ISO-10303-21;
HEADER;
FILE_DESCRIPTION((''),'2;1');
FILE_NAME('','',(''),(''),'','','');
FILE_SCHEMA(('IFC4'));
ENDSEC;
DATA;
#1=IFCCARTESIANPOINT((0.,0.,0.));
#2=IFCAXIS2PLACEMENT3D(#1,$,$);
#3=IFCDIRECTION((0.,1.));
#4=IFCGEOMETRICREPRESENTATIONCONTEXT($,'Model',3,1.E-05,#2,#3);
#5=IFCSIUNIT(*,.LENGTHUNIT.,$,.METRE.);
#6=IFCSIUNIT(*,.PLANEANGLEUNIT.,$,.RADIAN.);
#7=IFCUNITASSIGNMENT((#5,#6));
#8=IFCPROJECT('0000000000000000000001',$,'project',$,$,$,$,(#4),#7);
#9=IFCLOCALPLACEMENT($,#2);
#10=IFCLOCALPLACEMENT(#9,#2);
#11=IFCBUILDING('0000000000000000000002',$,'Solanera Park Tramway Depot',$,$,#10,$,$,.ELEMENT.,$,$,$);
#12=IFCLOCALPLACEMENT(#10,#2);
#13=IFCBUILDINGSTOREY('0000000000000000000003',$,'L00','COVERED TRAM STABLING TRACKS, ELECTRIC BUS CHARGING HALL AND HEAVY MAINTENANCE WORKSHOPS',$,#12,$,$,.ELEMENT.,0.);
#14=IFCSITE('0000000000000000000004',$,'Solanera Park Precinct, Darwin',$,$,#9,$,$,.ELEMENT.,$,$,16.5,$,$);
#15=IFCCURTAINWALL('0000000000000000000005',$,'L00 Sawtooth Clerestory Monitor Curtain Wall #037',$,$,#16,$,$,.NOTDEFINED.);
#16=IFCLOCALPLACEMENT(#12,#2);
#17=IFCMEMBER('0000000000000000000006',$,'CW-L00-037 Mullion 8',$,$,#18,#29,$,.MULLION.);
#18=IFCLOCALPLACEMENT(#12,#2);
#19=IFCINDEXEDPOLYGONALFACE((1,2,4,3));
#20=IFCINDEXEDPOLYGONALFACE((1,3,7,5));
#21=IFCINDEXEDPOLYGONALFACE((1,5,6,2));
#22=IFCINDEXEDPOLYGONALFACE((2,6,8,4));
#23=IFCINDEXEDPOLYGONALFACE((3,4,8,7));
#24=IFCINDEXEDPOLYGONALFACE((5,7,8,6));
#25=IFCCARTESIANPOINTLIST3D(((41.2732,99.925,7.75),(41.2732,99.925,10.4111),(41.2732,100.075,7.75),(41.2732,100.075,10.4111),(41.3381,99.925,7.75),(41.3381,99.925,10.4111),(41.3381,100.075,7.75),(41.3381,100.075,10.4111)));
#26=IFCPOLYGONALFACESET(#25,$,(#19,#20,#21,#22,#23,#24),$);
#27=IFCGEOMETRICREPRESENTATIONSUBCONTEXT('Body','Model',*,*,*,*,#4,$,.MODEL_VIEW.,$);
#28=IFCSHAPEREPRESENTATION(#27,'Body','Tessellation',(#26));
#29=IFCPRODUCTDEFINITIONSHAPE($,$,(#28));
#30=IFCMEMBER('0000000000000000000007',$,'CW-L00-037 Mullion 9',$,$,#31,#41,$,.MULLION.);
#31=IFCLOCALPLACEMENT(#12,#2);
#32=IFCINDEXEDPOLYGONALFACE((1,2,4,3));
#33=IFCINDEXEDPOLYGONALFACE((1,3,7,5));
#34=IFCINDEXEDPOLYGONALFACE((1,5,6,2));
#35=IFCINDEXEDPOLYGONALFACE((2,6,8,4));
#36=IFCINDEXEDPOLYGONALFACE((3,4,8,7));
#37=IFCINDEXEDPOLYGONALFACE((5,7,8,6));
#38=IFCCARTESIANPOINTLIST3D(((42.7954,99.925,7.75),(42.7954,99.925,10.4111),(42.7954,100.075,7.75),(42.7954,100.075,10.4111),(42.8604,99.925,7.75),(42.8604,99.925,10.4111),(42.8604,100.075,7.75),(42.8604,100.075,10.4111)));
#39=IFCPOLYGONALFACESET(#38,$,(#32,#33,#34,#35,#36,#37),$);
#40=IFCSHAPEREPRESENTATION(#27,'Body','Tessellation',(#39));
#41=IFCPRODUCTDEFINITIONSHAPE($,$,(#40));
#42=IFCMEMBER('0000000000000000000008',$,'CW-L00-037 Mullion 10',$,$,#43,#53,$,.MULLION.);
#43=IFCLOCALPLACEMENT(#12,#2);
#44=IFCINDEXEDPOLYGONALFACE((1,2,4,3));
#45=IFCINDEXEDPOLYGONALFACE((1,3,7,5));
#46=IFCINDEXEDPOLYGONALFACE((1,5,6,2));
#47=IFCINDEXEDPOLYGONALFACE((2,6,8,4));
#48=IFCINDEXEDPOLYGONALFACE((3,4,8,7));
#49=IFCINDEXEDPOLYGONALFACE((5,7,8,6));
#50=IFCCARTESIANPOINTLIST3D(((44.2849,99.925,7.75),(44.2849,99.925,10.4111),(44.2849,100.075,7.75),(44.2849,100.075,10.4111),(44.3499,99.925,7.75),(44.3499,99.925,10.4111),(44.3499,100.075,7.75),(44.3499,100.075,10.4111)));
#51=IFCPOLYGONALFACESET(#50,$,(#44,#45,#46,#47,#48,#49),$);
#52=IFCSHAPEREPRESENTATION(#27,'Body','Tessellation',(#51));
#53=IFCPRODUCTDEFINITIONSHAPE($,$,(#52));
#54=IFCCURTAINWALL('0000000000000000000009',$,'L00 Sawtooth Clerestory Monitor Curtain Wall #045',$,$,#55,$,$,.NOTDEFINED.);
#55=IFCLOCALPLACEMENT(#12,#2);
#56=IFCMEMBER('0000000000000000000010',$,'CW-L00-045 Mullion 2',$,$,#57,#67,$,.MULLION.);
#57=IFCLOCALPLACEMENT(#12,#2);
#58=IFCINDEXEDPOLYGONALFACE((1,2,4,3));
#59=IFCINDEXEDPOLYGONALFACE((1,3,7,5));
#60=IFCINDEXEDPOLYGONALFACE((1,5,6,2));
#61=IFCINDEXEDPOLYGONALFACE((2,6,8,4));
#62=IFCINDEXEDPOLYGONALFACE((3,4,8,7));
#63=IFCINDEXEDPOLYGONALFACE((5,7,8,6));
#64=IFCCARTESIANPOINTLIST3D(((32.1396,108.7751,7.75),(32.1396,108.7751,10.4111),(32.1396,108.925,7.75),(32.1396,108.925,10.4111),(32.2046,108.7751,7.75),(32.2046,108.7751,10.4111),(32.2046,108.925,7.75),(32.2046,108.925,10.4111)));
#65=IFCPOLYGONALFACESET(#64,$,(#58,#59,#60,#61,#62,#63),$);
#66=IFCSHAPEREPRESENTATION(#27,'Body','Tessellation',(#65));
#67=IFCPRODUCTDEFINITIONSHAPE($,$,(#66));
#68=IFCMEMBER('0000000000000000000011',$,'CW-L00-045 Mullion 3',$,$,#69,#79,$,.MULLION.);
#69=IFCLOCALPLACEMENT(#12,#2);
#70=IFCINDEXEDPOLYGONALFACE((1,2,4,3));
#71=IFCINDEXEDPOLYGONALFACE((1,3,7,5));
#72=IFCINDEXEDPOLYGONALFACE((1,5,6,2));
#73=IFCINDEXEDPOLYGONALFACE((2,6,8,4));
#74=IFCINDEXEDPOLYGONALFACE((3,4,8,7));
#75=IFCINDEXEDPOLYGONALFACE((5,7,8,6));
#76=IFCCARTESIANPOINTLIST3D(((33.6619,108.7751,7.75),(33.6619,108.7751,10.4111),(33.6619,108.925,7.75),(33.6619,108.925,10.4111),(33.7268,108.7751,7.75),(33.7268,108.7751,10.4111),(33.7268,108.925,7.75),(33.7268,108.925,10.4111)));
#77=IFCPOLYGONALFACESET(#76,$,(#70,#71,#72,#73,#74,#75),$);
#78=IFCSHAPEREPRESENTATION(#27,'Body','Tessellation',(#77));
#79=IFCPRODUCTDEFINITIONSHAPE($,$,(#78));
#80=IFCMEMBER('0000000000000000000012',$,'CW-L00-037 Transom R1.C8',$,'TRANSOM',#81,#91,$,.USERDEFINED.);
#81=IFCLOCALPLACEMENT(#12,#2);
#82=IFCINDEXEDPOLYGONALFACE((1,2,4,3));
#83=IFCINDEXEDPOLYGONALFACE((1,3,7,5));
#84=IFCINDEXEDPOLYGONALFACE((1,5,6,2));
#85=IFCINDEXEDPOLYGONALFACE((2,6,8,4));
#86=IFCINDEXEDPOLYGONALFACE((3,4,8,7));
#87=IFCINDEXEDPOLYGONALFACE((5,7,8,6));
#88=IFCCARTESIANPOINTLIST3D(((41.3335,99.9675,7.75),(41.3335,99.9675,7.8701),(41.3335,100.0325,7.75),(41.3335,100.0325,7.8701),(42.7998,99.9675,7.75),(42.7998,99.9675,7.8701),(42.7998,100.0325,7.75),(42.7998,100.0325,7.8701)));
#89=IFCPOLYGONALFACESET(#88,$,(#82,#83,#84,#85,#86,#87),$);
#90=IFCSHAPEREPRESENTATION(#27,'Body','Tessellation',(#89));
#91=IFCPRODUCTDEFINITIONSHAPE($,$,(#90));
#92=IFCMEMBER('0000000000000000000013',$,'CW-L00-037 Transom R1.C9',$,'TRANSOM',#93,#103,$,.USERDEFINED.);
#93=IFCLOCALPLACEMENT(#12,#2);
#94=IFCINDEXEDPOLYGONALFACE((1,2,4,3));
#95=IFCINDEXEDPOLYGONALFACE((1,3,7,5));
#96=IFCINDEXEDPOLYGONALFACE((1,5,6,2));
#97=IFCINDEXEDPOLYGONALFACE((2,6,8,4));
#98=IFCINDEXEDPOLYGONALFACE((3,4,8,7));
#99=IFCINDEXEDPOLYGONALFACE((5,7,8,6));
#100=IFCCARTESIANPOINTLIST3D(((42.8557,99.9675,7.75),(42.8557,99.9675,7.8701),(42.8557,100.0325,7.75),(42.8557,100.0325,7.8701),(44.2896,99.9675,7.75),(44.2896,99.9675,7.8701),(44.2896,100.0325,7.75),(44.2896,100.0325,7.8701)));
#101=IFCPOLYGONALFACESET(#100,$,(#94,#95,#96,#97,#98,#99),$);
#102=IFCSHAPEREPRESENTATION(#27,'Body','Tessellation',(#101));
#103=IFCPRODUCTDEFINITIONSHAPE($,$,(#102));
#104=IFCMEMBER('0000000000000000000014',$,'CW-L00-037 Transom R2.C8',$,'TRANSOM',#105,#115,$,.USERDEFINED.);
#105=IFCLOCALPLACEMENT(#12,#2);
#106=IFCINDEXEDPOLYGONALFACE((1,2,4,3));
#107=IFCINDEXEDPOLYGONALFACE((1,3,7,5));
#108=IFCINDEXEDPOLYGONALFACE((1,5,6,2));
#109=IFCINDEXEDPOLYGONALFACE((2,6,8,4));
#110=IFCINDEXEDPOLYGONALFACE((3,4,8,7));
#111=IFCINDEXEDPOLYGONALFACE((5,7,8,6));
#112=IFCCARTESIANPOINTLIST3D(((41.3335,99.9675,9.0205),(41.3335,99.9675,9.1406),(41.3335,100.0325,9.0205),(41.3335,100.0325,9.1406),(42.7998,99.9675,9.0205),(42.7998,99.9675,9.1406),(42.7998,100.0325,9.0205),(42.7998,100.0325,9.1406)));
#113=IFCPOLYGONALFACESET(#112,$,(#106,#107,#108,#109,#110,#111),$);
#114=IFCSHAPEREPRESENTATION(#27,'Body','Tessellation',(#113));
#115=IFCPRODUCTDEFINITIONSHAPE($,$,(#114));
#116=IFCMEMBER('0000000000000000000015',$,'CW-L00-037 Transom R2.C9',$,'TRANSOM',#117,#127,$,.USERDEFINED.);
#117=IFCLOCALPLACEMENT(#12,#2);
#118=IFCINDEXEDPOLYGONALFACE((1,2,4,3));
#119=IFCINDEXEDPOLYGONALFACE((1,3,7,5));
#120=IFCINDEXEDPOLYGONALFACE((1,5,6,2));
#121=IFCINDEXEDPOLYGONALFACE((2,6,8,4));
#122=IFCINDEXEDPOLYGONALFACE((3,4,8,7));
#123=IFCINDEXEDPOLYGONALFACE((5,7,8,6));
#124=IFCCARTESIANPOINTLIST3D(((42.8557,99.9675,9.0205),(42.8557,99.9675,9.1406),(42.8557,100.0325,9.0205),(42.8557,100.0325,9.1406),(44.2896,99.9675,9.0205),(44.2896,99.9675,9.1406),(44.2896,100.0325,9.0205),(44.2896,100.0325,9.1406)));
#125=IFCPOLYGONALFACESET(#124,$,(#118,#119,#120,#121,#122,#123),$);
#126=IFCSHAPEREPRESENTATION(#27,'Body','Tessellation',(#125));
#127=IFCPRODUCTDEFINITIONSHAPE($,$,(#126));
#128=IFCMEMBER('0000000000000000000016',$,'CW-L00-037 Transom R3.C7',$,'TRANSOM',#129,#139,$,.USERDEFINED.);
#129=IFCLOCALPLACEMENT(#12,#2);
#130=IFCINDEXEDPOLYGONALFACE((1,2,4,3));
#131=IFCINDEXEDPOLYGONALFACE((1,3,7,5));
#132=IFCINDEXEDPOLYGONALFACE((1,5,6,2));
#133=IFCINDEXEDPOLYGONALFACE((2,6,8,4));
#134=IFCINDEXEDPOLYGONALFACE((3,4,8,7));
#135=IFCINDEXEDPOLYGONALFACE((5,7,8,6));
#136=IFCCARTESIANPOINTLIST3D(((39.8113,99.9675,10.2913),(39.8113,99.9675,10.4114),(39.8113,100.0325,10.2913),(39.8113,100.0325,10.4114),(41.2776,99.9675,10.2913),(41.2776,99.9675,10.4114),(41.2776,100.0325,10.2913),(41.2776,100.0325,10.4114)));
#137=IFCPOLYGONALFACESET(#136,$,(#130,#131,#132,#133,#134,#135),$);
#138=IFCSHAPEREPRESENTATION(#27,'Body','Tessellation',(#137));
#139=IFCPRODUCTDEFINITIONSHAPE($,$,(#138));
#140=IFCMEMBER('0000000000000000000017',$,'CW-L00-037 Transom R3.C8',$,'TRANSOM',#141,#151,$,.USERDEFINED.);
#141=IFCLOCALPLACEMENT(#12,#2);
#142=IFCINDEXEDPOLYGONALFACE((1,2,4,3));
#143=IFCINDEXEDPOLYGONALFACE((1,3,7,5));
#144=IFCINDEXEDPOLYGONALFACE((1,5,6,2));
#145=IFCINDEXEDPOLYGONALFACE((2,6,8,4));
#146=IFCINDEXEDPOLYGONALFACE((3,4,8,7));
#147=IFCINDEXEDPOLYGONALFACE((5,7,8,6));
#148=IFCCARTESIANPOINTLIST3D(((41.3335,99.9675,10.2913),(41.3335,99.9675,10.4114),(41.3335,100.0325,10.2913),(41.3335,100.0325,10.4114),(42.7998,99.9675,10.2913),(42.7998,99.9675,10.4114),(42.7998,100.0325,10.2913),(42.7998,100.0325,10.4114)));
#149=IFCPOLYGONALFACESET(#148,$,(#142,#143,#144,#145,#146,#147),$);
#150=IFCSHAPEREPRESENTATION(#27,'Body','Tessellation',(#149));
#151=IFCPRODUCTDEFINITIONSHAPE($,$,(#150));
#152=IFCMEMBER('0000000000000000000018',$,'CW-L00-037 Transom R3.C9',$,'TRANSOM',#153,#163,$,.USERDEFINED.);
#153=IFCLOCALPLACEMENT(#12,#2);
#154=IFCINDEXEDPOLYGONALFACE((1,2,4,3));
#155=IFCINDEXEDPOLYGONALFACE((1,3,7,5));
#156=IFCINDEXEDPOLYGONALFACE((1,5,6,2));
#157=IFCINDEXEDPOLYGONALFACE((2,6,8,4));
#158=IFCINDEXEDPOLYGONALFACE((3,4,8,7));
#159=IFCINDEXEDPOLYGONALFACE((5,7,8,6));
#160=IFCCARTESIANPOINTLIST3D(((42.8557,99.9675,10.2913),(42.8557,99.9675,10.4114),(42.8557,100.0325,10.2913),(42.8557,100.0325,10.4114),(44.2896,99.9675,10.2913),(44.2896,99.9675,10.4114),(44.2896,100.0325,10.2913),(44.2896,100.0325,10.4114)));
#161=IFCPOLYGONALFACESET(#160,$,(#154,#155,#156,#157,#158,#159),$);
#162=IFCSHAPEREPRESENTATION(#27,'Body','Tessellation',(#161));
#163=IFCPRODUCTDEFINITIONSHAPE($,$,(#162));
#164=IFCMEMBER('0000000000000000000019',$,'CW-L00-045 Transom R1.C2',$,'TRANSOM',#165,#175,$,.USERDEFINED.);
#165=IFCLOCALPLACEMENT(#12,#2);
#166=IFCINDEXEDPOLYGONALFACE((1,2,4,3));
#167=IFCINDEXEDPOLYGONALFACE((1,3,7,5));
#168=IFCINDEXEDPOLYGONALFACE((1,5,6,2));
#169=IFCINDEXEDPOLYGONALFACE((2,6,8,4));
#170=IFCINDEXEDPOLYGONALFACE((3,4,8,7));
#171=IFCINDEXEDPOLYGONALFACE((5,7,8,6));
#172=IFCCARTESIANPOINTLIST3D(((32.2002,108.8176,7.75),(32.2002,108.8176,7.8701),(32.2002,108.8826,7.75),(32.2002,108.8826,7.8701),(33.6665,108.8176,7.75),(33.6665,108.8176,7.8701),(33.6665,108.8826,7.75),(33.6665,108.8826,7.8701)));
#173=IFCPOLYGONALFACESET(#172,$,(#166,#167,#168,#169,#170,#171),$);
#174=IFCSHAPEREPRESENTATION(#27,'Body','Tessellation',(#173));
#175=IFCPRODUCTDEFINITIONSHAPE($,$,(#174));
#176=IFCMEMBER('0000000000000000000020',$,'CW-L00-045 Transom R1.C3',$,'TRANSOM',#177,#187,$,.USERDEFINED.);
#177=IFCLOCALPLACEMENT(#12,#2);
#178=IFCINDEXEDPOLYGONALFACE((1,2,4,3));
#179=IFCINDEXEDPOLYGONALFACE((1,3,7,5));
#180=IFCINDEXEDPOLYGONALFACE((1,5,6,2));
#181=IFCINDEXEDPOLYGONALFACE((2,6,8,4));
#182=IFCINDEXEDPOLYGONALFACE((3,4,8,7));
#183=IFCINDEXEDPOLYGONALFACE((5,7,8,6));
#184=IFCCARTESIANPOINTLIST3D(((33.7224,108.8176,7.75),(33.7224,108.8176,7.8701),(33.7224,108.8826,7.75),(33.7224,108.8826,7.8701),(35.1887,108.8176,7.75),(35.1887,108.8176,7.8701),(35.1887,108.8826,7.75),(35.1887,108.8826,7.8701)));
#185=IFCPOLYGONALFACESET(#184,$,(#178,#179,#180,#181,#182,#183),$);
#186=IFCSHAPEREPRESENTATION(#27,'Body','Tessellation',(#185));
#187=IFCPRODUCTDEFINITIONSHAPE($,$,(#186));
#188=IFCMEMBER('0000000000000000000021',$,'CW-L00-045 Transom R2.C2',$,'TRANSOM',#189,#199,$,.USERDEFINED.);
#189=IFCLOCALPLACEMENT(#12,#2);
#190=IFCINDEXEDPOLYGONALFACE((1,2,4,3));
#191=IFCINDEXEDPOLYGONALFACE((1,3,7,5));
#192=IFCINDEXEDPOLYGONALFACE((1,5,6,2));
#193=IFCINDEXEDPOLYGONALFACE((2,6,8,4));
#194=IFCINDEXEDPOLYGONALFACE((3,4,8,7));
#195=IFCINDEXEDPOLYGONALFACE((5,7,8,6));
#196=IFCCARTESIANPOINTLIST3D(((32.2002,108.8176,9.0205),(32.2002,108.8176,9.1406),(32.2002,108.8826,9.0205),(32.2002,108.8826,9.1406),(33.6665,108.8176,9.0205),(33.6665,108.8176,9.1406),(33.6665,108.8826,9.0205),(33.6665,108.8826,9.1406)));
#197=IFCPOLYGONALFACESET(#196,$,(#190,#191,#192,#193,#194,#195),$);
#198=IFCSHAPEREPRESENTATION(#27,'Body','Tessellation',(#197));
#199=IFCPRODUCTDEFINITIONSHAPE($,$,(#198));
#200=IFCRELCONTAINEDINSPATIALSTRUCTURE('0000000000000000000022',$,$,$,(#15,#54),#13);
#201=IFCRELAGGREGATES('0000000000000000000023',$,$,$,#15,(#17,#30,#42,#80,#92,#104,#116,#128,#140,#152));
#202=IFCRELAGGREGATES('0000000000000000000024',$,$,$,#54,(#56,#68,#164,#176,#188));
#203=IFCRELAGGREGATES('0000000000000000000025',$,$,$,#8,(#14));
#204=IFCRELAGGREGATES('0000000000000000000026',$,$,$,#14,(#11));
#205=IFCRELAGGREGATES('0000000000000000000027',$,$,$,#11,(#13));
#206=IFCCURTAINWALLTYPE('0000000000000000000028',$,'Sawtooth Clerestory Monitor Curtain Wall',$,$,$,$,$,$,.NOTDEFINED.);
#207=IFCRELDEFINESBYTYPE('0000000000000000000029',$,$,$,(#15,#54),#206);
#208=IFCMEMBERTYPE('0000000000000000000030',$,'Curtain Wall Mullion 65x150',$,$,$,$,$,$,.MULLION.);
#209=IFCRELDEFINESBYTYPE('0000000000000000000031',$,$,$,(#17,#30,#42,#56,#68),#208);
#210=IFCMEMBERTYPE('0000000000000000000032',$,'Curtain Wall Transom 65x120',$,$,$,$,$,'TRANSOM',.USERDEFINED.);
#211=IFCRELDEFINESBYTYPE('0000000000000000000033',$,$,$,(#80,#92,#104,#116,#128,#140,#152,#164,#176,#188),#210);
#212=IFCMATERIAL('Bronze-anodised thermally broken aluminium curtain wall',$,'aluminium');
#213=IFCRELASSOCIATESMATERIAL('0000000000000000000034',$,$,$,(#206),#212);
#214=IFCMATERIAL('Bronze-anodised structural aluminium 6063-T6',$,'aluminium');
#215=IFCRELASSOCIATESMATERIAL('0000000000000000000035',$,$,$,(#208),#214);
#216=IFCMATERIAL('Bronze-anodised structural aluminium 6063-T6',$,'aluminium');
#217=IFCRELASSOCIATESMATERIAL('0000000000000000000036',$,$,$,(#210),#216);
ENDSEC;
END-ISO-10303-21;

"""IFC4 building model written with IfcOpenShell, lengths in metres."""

from ifc_helpers import new_model, si_unit, direction, frame, origin, origin_2d, place, context, subcontext, project, spatial, rectangle, extrude, material, material_profile, profile_set, type_object, element, aggregate, save


model = new_model("IFC4")

# Units and contexts
model_context = context("Model", 3, precision=1e-05, world=origin(), true_north=direction((0.0, 1.0)))
body_context = subcontext(model_context, "Body", "Model", "MODEL_VIEW")
ifc_project = project(units=[si_unit("LENGTHUNIT", "METRE"), si_unit("PLANEANGLEUNIT", "RADIAN")], contexts=[model_context])

# Site, building, storey
site_placement = place(None, origin())
site = spatial("IfcSite", under=ifc_project, at=site_placement, Name="Solanera Park Precinct, Darwin", CompositionType="ELEMENT", RefElevation=16.5)
building_placement = place(site_placement, origin())
building = spatial("IfcBuilding", under=site, at=building_placement, Name="Solanera Park Tramway Depot", CompositionType="ELEMENT")
storey_placement = place(building_placement, origin())
storey = spatial("IfcBuildingStorey", under=building, at=storey_placement, Name="L00", Description="COVERED TRAM STABLING TRACKS, ELECTRIC BUS CHARGING HALL AND HEAVY MAINTENANCE WORKSHOPS", CompositionType="ELEMENT", Elevation=0.0)

# Curtain walls, members
ifc_material_1 = material(Name="Bronze-anodised thermally broken aluminium curtain wall", Category="aluminium")
curtain_wall_type = type_object("IfcCurtainWallType", Name="Sawtooth Clerestory Monitor Curtain Wall", PredefinedType="NOTDEFINED", material=ifc_material_1)
curtain_wall_1_placement = place(storey_placement, origin())
curtain_wall_1 = element("IfcCurtainWall", 1, at=curtain_wall_1_placement, inside=storey, type_object=curtain_wall_type, Name="L00 Sawtooth Clerestory Monitor Curtain Wall #037", PredefinedType="NOTDEFINED")
ifc_material_2 = material(Name="Bronze-anodised structural aluminium 6063-T6", Category="aluminium")
ifc_material_profile_1 = material_profile(ifc_material_2, rectangle(XDim=0.0649, YDim=0.1499, at=origin_2d()), Name="Curtain Wall Mullion 65x150")
ifc_profile_set_1 = profile_set([ifc_material_profile_1], Name="Bronze-anodised structural aluminium 6063-T6")
member_type_1 = type_object("IfcMemberType", Name="Curtain Wall Mullion 65x150", PredefinedType="MULLION", material=ifc_profile_set_1)
member_1_placement = place(storey_placement, frame((41.3057, 100.0, 7.75), z_axis=(0.0, 0.0, 1.0), x_axis=(1.0, 0.0, 0.0)))
member_1 = element("IfcMember", 2, at=member_1_placement, type_object=member_type_1, Name="CW-L00-037 Mullion 8", PredefinedType="MULLION", context=body_context, shape_type="SweptSolid", body=[
    extrude(rectangle(XDim=0.0649, YDim=0.1499, at=origin_2d()), origin(), (0.0, 0.0, 1.0), 2.6611),
])
member_2_placement = place(storey_placement, frame((42.8279, 100.0, 7.75), z_axis=(0.0, 0.0, 1.0), x_axis=(1.0, 0.0, 0.0)))
member_2 = element("IfcMember", 3, at=member_2_placement, type_object=member_type_1, Name="CW-L00-037 Mullion 9", PredefinedType="MULLION", context=body_context, shape_type="SweptSolid", body=[
    extrude(rectangle(XDim=0.0649, YDim=0.1499, at=origin_2d()), origin(), (0.0, 0.0, 1.0), 2.6611),
])
member_3_placement = place(storey_placement, frame((44.3174, 100.0, 7.75), z_axis=(0.0, 0.0, 1.0), x_axis=(1.0, 0.0, 0.0)))
member_3 = element("IfcMember", 4, at=member_3_placement, type_object=member_type_1, Name="CW-L00-037 Mullion 10", PredefinedType="MULLION", context=body_context, shape_type="SweptSolid", body=[
    extrude(rectangle(XDim=0.0649, YDim=0.1499, at=origin_2d()), origin(), (0.0, 0.0, 1.0), 2.6611),
])
curtain_wall_2_placement = place(storey_placement, origin())
curtain_wall_2 = element("IfcCurtainWall", 5, at=curtain_wall_2_placement, inside=storey, type_object=curtain_wall_type, Name="L00 Sawtooth Clerestory Monitor Curtain Wall #045", PredefinedType="NOTDEFINED")
member_4_placement = place(storey_placement, frame((32.1721, 108.8501, 7.75), z_axis=(0.0, 0.0, 1.0), x_axis=(1.0, 0.0, 0.0)))
member_4 = element("IfcMember", 6, at=member_4_placement, type_object=member_type_1, Name="CW-L00-045 Mullion 2", PredefinedType="MULLION", context=body_context, shape_type="SweptSolid", body=[
    extrude(rectangle(XDim=0.0649, YDim=0.1499, at=origin_2d()), origin(), (0.0, 0.0, 1.0), 2.6611),
])
member_5_placement = place(storey_placement, frame((33.6943, 108.8501, 7.75), z_axis=(0.0, 0.0, 1.0), x_axis=(1.0, 0.0, 0.0)))
member_5 = element("IfcMember", 7, at=member_5_placement, type_object=member_type_1, Name="CW-L00-045 Mullion 3", PredefinedType="MULLION", context=body_context, shape_type="SweptSolid", body=[
    extrude(rectangle(XDim=0.0649, YDim=0.1499, at=origin_2d()), origin(), (0.0, 0.0, 1.0), 2.6611),
])

# Members
ifc_material_3 = material(Name="Bronze-anodised structural aluminium 6063-T6", Category="aluminium")
ifc_material_profile_2 = material_profile(ifc_material_3, rectangle(XDim=0.0649, YDim=0.1201, at=origin_2d()), Name="Curtain Wall Transom 65x120")
ifc_profile_set_2 = profile_set([ifc_material_profile_2], Name="Bronze-anodised structural aluminium 6063-T6")
member_type_2 = type_object("IfcMemberType", Name="Curtain Wall Transom 65x120", ElementType="TRANSOM", PredefinedType="USERDEFINED", material=ifc_profile_set_2)
member_6_placement = place(storey_placement, frame((41.3335, 100.0, 7.8101), z_axis=(1.0, 0.0, 0.0), x_axis=(0.0, 1.0, 0.0)))
member_6 = element("IfcMember", 8, at=member_6_placement, type_object=member_type_2, Name="CW-L00-037 Transom R1.C8", ObjectType="TRANSOM", PredefinedType="USERDEFINED", context=body_context, shape_type="SweptSolid", body=[
    extrude(rectangle(XDim=0.0649, YDim=0.1201, at=origin_2d()), origin(), (0.0, 0.0, 1.0), 1.4663),
])
member_7_placement = place(storey_placement, frame((42.8557, 100.0, 7.8101), z_axis=(1.0, 0.0, 0.0), x_axis=(0.0, 1.0, 0.0)))
member_7 = element("IfcMember", 9, at=member_7_placement, type_object=member_type_2, Name="CW-L00-037 Transom R1.C9", ObjectType="TRANSOM", PredefinedType="USERDEFINED", context=body_context, shape_type="SweptSolid", body=[
    extrude(rectangle(XDim=0.0649, YDim=0.1201, at=origin_2d()), origin(), (0.0, 0.0, 1.0), 1.4338),
])
member_8_placement = place(storey_placement, frame((41.3335, 100.0, 9.0806), z_axis=(1.0, 0.0, 0.0), x_axis=(0.0, 1.0, 0.0)))
member_8 = element("IfcMember", 10, at=member_8_placement, type_object=member_type_2, Name="CW-L00-037 Transom R2.C8", ObjectType="TRANSOM", PredefinedType="USERDEFINED", context=body_context, shape_type="SweptSolid", body=[
    extrude(rectangle(XDim=0.0649, YDim=0.1201, at=origin_2d()), origin(), (0.0, 0.0, 1.0), 1.4663),
])
member_9_placement = place(storey_placement, frame((42.8557, 100.0, 9.0806), z_axis=(1.0, 0.0, 0.0), x_axis=(0.0, 1.0, 0.0)))
member_9 = element("IfcMember", 11, at=member_9_placement, type_object=member_type_2, Name="CW-L00-037 Transom R2.C9", ObjectType="TRANSOM", PredefinedType="USERDEFINED", context=body_context, shape_type="SweptSolid", body=[
    extrude(rectangle(XDim=0.0649, YDim=0.1201, at=origin_2d()), origin(), (0.0, 0.0, 1.0), 1.4338),
])
member_10_placement = place(storey_placement, frame((39.8113, 100.0, 10.3513), z_axis=(1.0, 0.0, 0.0), x_axis=(0.0, 1.0, 0.0)))
member_10 = element("IfcMember", 12, at=member_10_placement, type_object=member_type_2, Name="CW-L00-037 Transom R3.C7", ObjectType="TRANSOM", PredefinedType="USERDEFINED", context=body_context, shape_type="SweptSolid", body=[
    extrude(rectangle(XDim=0.0649, YDim=0.1201, at=origin_2d()), origin(), (0.0, 0.0, 1.0), 1.4663),
])
member_11_placement = place(storey_placement, frame((41.3335, 100.0, 10.3513), z_axis=(1.0, 0.0, 0.0), x_axis=(0.0, 1.0, 0.0)))
member_11 = element("IfcMember", 13, at=member_11_placement, type_object=member_type_2, Name="CW-L00-037 Transom R3.C8", ObjectType="TRANSOM", PredefinedType="USERDEFINED", context=body_context, shape_type="SweptSolid", body=[
    extrude(rectangle(XDim=0.0649, YDim=0.1201, at=origin_2d()), origin(), (0.0, 0.0, 1.0), 1.4663),
])
member_12_placement = place(storey_placement, frame((42.8557, 100.0, 10.3513), z_axis=(1.0, 0.0, 0.0), x_axis=(0.0, 1.0, 0.0)))
member_12 = element("IfcMember", 14, at=member_12_placement, type_object=member_type_2, Name="CW-L00-037 Transom R3.C9", ObjectType="TRANSOM", PredefinedType="USERDEFINED", context=body_context, shape_type="SweptSolid", body=[
    extrude(rectangle(XDim=0.0649, YDim=0.1201, at=origin_2d()), origin(), (0.0, 0.0, 1.0), 1.4338),
])
member_13_placement = place(storey_placement, frame((32.2002, 108.8501, 7.8101), z_axis=(1.0, 0.0, 0.0), x_axis=(0.0, 1.0, 0.0)))
member_13 = element("IfcMember", 15, at=member_13_placement, type_object=member_type_2, Name="CW-L00-045 Transom R1.C2", ObjectType="TRANSOM", PredefinedType="USERDEFINED", context=body_context, shape_type="SweptSolid", body=[
    extrude(rectangle(XDim=0.0649, YDim=0.1201, at=origin_2d()), origin(), (0.0, 0.0, 1.0), 1.4663),
])
member_14_placement = place(storey_placement, frame((33.7224, 108.8501, 7.8101), z_axis=(1.0, 0.0, 0.0), x_axis=(0.0, 1.0, 0.0)))
member_14 = element("IfcMember", 16, at=member_14_placement, type_object=member_type_2, Name="CW-L00-045 Transom R1.C3", ObjectType="TRANSOM", PredefinedType="USERDEFINED", context=body_context, shape_type="SweptSolid", body=[
    extrude(rectangle(XDim=0.0649, YDim=0.1201, at=origin_2d()), origin(), (0.0, 0.0, 1.0), 1.4663),
])
member_15_placement = place(storey_placement, frame((32.2002, 108.8501, 9.0806), z_axis=(1.0, 0.0, 0.0), x_axis=(0.0, 1.0, 0.0)))
member_15 = element("IfcMember", 17, at=member_15_placement, type_object=member_type_2, Name="CW-L00-045 Transom R2.C2", ObjectType="TRANSOM", PredefinedType="USERDEFINED", context=body_context, shape_type="SweptSolid", body=[
    extrude(rectangle(XDim=0.0649, YDim=0.1201, at=origin_2d()), origin(), (0.0, 0.0, 1.0), 1.4663),
])

aggregate(curtain_wall_1, [member_1, member_2, member_3, member_6, member_7, member_8, member_9, member_10, member_11, member_12])
aggregate(curtain_wall_2, [member_4, member_5, member_13, member_14, member_15])

save(model, "model.ifc")
